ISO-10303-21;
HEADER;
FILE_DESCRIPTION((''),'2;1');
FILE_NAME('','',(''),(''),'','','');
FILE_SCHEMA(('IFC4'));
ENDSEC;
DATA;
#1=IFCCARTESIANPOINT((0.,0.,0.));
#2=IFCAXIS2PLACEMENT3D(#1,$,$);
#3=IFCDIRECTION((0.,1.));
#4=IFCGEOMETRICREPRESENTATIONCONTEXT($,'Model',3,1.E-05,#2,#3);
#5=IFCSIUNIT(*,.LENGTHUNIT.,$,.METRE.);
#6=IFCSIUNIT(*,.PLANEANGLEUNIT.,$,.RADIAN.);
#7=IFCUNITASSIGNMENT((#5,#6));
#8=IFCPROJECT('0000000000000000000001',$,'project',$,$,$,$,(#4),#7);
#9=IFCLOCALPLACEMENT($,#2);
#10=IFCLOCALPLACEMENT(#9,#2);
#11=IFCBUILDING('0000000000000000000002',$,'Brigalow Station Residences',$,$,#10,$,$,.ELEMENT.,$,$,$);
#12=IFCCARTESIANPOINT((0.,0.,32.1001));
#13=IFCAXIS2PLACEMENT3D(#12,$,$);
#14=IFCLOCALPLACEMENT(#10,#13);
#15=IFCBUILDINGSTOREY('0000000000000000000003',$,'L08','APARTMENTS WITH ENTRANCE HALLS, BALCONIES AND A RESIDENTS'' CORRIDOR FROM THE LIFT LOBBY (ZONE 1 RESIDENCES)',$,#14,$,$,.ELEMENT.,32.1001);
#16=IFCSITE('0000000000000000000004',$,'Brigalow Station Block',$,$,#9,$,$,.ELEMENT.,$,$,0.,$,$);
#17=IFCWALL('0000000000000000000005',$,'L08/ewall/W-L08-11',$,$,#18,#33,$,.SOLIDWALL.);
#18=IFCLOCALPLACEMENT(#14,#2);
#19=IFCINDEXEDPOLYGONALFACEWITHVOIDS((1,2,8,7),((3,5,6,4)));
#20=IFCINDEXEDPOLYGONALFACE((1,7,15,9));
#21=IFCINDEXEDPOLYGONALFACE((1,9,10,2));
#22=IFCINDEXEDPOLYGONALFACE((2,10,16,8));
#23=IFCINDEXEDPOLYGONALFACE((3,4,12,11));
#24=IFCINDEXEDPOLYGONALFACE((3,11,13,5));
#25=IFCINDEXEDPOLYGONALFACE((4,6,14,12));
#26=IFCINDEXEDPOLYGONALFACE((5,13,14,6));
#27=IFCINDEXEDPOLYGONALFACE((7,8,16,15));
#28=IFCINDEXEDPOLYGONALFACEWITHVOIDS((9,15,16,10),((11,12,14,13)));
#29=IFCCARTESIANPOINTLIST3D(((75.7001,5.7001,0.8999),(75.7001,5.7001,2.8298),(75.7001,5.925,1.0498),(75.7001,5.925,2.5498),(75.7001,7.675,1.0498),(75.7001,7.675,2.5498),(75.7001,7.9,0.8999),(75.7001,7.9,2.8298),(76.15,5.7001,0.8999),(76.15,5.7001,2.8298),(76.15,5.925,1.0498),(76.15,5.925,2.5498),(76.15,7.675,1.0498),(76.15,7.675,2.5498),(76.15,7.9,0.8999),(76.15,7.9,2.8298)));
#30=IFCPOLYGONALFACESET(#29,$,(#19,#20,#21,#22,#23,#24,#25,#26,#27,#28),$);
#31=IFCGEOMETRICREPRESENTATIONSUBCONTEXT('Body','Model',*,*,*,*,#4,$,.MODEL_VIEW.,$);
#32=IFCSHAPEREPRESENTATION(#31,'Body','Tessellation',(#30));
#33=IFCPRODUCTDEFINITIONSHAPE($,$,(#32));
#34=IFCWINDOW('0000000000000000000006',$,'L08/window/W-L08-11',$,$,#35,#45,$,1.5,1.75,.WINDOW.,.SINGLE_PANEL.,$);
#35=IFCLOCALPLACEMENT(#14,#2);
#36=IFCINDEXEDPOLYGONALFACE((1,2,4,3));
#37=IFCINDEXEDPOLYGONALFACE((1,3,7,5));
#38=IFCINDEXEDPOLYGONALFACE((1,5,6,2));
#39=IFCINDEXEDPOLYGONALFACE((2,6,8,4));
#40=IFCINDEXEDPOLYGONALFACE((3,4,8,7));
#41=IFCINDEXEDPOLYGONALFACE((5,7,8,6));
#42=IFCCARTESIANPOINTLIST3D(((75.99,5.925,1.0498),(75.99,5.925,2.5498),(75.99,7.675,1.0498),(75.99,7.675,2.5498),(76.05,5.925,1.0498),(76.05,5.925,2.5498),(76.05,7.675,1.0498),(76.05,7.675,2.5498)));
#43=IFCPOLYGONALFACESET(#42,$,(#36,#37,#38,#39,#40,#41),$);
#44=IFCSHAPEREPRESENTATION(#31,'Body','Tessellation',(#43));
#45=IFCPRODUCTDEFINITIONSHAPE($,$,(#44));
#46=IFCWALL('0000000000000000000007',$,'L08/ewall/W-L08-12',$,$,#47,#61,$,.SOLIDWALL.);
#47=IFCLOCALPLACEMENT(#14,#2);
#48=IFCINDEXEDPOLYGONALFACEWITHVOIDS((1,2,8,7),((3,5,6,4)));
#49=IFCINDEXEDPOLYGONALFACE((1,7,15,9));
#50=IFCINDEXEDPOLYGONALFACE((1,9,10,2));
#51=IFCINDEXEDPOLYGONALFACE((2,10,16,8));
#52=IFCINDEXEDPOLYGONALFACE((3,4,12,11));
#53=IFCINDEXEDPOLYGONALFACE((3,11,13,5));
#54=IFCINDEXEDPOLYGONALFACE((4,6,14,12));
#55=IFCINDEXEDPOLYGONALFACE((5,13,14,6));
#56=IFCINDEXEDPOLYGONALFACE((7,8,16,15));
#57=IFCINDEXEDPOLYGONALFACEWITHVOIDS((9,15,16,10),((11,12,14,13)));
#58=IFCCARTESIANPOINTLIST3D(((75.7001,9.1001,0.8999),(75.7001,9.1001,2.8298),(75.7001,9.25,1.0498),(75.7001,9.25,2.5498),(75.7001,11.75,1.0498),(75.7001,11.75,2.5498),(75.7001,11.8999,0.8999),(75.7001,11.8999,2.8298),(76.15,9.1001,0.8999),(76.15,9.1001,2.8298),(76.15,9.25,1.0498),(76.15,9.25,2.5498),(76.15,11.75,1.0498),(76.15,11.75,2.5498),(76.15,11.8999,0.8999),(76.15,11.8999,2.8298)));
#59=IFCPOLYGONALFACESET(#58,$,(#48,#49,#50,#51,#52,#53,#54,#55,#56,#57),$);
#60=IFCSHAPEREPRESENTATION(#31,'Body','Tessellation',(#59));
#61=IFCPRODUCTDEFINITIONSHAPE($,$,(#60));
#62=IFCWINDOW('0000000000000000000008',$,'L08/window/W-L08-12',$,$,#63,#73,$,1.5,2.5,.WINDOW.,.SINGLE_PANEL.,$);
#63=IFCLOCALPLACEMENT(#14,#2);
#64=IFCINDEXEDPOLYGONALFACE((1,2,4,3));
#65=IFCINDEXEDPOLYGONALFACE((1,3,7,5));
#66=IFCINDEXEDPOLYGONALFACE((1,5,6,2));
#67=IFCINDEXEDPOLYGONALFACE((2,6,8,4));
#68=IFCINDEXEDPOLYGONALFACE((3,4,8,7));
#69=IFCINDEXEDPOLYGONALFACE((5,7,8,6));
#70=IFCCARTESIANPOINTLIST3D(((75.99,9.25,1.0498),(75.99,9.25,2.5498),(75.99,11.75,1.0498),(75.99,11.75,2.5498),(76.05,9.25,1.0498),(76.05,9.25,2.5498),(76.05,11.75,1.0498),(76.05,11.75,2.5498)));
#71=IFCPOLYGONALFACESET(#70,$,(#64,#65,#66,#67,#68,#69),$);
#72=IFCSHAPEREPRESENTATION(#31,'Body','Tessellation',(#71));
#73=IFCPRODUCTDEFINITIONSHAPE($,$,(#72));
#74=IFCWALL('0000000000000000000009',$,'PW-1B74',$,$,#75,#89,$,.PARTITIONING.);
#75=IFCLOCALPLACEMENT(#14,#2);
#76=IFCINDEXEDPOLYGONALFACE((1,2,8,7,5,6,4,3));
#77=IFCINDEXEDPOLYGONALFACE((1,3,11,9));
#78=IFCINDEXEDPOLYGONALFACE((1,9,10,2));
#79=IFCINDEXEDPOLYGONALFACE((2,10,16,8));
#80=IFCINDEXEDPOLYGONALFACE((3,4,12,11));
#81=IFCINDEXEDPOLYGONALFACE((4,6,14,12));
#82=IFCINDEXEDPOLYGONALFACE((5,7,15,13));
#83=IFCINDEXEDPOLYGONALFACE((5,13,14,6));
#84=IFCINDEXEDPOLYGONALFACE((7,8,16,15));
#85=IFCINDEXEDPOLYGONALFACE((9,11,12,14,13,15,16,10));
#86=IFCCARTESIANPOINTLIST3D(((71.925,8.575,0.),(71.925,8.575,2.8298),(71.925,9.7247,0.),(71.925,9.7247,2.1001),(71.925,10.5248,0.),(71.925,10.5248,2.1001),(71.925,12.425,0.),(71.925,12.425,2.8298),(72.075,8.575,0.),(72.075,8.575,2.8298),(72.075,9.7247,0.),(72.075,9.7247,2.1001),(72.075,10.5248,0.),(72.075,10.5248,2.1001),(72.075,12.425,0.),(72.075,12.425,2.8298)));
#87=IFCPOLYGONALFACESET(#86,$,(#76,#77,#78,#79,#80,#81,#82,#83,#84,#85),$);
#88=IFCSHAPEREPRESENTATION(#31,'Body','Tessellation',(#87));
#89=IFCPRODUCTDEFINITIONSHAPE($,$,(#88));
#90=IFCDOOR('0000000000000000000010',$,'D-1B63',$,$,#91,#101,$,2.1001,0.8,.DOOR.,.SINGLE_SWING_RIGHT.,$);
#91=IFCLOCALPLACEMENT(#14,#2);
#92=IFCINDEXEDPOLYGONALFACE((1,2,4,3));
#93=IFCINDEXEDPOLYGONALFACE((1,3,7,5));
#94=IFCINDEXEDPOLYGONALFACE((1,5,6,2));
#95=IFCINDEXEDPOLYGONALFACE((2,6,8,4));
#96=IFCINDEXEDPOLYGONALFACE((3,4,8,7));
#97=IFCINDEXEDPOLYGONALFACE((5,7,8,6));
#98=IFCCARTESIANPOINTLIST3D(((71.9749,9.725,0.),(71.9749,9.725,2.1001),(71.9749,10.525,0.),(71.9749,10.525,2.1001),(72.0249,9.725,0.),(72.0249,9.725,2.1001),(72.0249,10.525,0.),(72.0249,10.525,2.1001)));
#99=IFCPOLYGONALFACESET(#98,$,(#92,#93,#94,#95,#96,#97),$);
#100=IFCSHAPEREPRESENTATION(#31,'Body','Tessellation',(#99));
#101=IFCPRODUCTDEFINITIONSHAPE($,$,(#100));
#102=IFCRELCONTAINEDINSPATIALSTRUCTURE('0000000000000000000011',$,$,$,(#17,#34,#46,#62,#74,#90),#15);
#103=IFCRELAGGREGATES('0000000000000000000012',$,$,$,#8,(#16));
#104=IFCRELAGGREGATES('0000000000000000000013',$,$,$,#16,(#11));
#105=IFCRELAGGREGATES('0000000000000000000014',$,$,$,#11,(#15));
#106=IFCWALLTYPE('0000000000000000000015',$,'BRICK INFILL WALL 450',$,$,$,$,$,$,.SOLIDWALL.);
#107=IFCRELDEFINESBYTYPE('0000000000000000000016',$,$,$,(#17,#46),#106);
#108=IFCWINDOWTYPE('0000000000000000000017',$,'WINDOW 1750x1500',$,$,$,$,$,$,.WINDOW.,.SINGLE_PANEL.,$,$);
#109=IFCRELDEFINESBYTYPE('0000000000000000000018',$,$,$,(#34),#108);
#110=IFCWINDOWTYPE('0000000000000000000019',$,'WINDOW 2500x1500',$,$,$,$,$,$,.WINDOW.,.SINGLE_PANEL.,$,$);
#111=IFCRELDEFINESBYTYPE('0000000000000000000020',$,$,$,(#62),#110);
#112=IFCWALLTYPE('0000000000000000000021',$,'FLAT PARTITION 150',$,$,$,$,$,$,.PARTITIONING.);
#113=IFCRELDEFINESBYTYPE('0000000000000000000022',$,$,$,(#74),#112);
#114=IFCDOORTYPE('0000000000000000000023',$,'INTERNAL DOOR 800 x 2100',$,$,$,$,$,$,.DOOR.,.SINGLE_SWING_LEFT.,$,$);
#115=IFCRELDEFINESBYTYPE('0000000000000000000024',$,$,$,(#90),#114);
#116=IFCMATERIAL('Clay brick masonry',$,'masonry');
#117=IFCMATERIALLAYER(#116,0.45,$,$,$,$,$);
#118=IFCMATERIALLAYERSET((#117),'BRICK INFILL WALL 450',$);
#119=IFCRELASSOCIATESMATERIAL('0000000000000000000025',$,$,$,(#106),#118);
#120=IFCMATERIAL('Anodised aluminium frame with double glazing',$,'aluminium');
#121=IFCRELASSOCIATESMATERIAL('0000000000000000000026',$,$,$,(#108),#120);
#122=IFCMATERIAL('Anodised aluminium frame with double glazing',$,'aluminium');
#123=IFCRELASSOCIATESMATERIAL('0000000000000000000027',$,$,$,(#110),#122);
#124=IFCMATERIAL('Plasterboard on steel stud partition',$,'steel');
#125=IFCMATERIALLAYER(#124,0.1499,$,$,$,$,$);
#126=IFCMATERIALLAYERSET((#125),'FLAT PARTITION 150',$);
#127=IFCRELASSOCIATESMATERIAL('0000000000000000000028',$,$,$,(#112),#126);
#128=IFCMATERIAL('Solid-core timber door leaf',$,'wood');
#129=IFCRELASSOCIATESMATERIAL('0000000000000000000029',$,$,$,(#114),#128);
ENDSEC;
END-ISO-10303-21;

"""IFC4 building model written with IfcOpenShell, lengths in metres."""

from ifc_helpers import new_model, si_unit, direction, frame, frame_2d, origin, place, context, subcontext, project, spatial, rectangle, extrude, material, layer, layer_set, type_object, element, fill, save


model = new_model("IFC4")

# Units and contexts
model_context = context("Model", 3, precision=1e-05, world=origin(), true_north=direction((0.0, 1.0)))
body_context = subcontext(model_context, "Body", "Model", "MODEL_VIEW")
ifc_project = project(units=[si_unit("LENGTHUNIT", "METRE"), si_unit("PLANEANGLEUNIT", "RADIAN")], contexts=[model_context])

# Site, building, storey
site_placement = place(None, origin())
site = spatial("IfcSite", under=ifc_project, at=site_placement, Name="Brigalow Station Block", CompositionType="ELEMENT", RefElevation=0.0)
building_placement = place(site_placement, origin())
building = spatial("IfcBuilding", under=site, at=building_placement, Name="Brigalow Station Residences", CompositionType="ELEMENT")
storey_placement = place(building_placement, frame((0.0, 0.0, 32.1001)))
storey = spatial("IfcBuildingStorey", under=building, at=storey_placement, Name="L08", Description="APARTMENTS WITH ENTRANCE HALLS, BALCONIES AND A RESIDENTS' CORRIDOR FROM THE LIFT LOBBY (ZONE 1 RESIDENCES)", CompositionType="ELEMENT", Elevation=32.1001)

# Walls, openings, windows
ifc_material_1 = material(Name="Clay brick masonry", Category="masonry")
ifc_layer_1 = layer(ifc_material_1, 0.45)
ifc_layer_set_1 = layer_set([ifc_layer_1], Name="BRICK INFILL WALL 450")
wall_type_1 = type_object("IfcWallType", Name="BRICK INFILL WALL 450", PredefinedType="SOLIDWALL", material=ifc_layer_set_1)
wall_1_placement = place(storey_placement, frame((75.925, 5.7, 0.8999), z_axis=(0.0, 0.0, 1.0), x_axis=(0.0, 1.0, 0.0)))
wall_1 = element("IfcWall", 1, at=wall_1_placement, inside=storey, type_object=wall_type_1, Name="L08/ewall/W-L08-11", PredefinedType="SOLIDWALL", context=body_context, shape_type="SweptSolid", body=[
    extrude(rectangle(XDim=2.2, YDim=0.45, at=frame_2d((1.1001, 0.0))), origin(), (0.0, 0.0, 1.0), 1.9299),
])
opening_1_placement = place(wall_1_placement, frame((0.2251, 0.0, 0.1499)))
opening_1 = element("IfcOpeningElement", 2, at=opening_1_placement, cuts=wall_1, PredefinedType="OPENING", context=body_context, shape_type="SweptSolid", body=[
    extrude(rectangle(XDim=1.75, YDim=1.5, at=frame_2d((0.875, 0.75))), frame((0.0, 0.2349, 0.0), z_axis=(0.0, -1.0, 0.0), x_axis=(1.0, 0.0, 0.0)), (0.0, 0.0, 1.0), 0.47),
])
ifc_material_2 = material(Name="Anodised aluminium frame with double glazing", Category="aluminium")
window_type_1 = type_object("IfcWindowType", Name="WINDOW 1750x1500", PartitioningType="SINGLE_PANEL", PredefinedType="WINDOW", material=ifc_material_2)
window_1_placement = place(opening_1_placement, origin())
window_1 = element("IfcWindow", 3, at=window_1_placement, inside=storey, type_object=window_type_1, Name="L08/window/W-L08-11", OverallHeight=1.5, OverallWidth=1.75, PartitioningType="SINGLE_PANEL", PredefinedType="WINDOW", context=body_context, shape_type="SweptSolid", body=[
    extrude(rectangle(XDim=1.75, YDim=1.5, at=frame_2d((0.875, 0.75))), frame((0.0, -0.0649, 0.0), z_axis=(0.0, -1.0, 0.0), x_axis=(1.0, 0.0, 0.0)), (0.0, 0.0, 1.0), 0.0601),
])
fill(opening_1, window_1)
wall_2_placement = place(storey_placement, frame((75.925, 9.1001, 0.8999), z_axis=(0.0, 0.0, 1.0), x_axis=(0.0, 1.0, 0.0)))
wall_2 = element("IfcWall", 4, at=wall_2_placement, inside=storey, type_object=wall_type_1, Name="L08/ewall/W-L08-12", PredefinedType="SOLIDWALL", context=body_context, shape_type="SweptSolid", body=[
    extrude(rectangle(XDim=2.7998, YDim=0.45, at=frame_2d((1.3999, 0.0))), origin(), (0.0, 0.0, 1.0), 1.9299),
])
opening_2_placement = place(wall_2_placement, frame((0.1499, 0.0, 0.1499)))
opening_2 = element("IfcOpeningElement", 5, at=opening_2_placement, cuts=wall_2, PredefinedType="OPENING", context=body_context, shape_type="SweptSolid", body=[
    extrude(rectangle(XDim=2.5, YDim=1.5, at=frame_2d((1.25, 0.75))), frame((0.0, 0.2349, 0.0), z_axis=(0.0, -1.0, 0.0), x_axis=(1.0, 0.0, 0.0)), (0.0, 0.0, 1.0), 0.47),
])
ifc_material_3 = material(Name="Anodised aluminium frame with double glazing", Category="aluminium")
window_type_2 = type_object("IfcWindowType", Name="WINDOW 2500x1500", PartitioningType="SINGLE_PANEL", PredefinedType="WINDOW", material=ifc_material_3)
window_2_placement = place(opening_2_placement, origin())
window_2 = element("IfcWindow", 6, at=window_2_placement, inside=storey, type_object=window_type_2, Name="L08/window/W-L08-12", OverallHeight=1.5, OverallWidth=2.5, PartitioningType="SINGLE_PANEL", PredefinedType="WINDOW", context=body_context, shape_type="SweptSolid", body=[
    extrude(rectangle(XDim=2.5, YDim=1.5, at=frame_2d((1.25, 0.75))), frame((0.0, -0.0649, 0.0), z_axis=(0.0, -1.0, 0.0), x_axis=(1.0, 0.0, 0.0)), (0.0, 0.0, 1.0), 0.0601),
])
fill(opening_2, window_2)

# Wall, opening, door
ifc_material_4 = material(Name="Plasterboard on steel stud partition", Category="steel")
ifc_layer_2 = layer(ifc_material_4, 0.1499)
ifc_layer_set_2 = layer_set([ifc_layer_2], Name="FLAT PARTITION 150")
wall_type_2 = type_object("IfcWallType", Name="FLAT PARTITION 150", PredefinedType="PARTITIONING", material=ifc_layer_set_2)
wall_3_placement = place(storey_placement, frame((72.0, 8.575, 0.0), z_axis=(0.0, 0.0, 1.0), x_axis=(0.0, 1.0, 0.0)))
wall_3 = element("IfcWall", 7, at=wall_3_placement, inside=storey, type_object=wall_type_2, Name="PW-1B74", PredefinedType="PARTITIONING", context=body_context, shape_type="SweptSolid", body=[
    extrude(rectangle(XDim=3.8501, YDim=0.1499, at=frame_2d((1.925, 0.0))), origin(), (0.0, 0.0, 1.0), 2.8298),
])
opening_3_placement = place(wall_3_placement, frame((1.1499, 0.0, 0.0)))
opening_3 = element("IfcOpeningElement", 8, at=opening_3_placement, cuts=wall_3, PredefinedType="OPENING", context=body_context, shape_type="SweptSolid", body=[
    extrude(rectangle(XDim=0.8, YDim=2.1001, at=frame_2d((0.3999, 1.05))), frame((0.0, 0.085, 0.0), z_axis=(0.0, -1.0, 0.0), x_axis=(1.0, 0.0, 0.0)), (0.0, 0.0, 1.0), 0.1699),
])
ifc_material_5 = material(Name="Solid-core timber door leaf", Category="wood")
door_type = type_object("IfcDoorType", Name="INTERNAL DOOR 800 x 2100", OperationType="SINGLE_SWING_LEFT", PredefinedType="DOOR", material=ifc_material_5)
door_placement = place(opening_3_placement, frame((0.8, 0.0, 0.0), z_axis=(0.0, 0.0, 1.0), x_axis=(-1.0, 0.0, 0.0)))
door = element("IfcDoor", 9, at=door_placement, inside=storey, type_object=door_type, Name="D-1B63", OperationType="SINGLE_SWING_RIGHT", OverallHeight=2.1001, OverallWidth=0.8, PredefinedType="DOOR", context=body_context, shape_type="SweptSolid", body=[
    extrude(rectangle(XDim=0.8, YDim=2.1001, at=frame_2d((0.3999, 1.05))), frame((0.0, 0.0249, 0.0), z_axis=(0.0, -1.0, 0.0), x_axis=(1.0, 0.0, 0.0)), (0.0, 0.0, 1.0), 0.05),
])
fill(opening_3, door)

save(model, "model.ifc")
